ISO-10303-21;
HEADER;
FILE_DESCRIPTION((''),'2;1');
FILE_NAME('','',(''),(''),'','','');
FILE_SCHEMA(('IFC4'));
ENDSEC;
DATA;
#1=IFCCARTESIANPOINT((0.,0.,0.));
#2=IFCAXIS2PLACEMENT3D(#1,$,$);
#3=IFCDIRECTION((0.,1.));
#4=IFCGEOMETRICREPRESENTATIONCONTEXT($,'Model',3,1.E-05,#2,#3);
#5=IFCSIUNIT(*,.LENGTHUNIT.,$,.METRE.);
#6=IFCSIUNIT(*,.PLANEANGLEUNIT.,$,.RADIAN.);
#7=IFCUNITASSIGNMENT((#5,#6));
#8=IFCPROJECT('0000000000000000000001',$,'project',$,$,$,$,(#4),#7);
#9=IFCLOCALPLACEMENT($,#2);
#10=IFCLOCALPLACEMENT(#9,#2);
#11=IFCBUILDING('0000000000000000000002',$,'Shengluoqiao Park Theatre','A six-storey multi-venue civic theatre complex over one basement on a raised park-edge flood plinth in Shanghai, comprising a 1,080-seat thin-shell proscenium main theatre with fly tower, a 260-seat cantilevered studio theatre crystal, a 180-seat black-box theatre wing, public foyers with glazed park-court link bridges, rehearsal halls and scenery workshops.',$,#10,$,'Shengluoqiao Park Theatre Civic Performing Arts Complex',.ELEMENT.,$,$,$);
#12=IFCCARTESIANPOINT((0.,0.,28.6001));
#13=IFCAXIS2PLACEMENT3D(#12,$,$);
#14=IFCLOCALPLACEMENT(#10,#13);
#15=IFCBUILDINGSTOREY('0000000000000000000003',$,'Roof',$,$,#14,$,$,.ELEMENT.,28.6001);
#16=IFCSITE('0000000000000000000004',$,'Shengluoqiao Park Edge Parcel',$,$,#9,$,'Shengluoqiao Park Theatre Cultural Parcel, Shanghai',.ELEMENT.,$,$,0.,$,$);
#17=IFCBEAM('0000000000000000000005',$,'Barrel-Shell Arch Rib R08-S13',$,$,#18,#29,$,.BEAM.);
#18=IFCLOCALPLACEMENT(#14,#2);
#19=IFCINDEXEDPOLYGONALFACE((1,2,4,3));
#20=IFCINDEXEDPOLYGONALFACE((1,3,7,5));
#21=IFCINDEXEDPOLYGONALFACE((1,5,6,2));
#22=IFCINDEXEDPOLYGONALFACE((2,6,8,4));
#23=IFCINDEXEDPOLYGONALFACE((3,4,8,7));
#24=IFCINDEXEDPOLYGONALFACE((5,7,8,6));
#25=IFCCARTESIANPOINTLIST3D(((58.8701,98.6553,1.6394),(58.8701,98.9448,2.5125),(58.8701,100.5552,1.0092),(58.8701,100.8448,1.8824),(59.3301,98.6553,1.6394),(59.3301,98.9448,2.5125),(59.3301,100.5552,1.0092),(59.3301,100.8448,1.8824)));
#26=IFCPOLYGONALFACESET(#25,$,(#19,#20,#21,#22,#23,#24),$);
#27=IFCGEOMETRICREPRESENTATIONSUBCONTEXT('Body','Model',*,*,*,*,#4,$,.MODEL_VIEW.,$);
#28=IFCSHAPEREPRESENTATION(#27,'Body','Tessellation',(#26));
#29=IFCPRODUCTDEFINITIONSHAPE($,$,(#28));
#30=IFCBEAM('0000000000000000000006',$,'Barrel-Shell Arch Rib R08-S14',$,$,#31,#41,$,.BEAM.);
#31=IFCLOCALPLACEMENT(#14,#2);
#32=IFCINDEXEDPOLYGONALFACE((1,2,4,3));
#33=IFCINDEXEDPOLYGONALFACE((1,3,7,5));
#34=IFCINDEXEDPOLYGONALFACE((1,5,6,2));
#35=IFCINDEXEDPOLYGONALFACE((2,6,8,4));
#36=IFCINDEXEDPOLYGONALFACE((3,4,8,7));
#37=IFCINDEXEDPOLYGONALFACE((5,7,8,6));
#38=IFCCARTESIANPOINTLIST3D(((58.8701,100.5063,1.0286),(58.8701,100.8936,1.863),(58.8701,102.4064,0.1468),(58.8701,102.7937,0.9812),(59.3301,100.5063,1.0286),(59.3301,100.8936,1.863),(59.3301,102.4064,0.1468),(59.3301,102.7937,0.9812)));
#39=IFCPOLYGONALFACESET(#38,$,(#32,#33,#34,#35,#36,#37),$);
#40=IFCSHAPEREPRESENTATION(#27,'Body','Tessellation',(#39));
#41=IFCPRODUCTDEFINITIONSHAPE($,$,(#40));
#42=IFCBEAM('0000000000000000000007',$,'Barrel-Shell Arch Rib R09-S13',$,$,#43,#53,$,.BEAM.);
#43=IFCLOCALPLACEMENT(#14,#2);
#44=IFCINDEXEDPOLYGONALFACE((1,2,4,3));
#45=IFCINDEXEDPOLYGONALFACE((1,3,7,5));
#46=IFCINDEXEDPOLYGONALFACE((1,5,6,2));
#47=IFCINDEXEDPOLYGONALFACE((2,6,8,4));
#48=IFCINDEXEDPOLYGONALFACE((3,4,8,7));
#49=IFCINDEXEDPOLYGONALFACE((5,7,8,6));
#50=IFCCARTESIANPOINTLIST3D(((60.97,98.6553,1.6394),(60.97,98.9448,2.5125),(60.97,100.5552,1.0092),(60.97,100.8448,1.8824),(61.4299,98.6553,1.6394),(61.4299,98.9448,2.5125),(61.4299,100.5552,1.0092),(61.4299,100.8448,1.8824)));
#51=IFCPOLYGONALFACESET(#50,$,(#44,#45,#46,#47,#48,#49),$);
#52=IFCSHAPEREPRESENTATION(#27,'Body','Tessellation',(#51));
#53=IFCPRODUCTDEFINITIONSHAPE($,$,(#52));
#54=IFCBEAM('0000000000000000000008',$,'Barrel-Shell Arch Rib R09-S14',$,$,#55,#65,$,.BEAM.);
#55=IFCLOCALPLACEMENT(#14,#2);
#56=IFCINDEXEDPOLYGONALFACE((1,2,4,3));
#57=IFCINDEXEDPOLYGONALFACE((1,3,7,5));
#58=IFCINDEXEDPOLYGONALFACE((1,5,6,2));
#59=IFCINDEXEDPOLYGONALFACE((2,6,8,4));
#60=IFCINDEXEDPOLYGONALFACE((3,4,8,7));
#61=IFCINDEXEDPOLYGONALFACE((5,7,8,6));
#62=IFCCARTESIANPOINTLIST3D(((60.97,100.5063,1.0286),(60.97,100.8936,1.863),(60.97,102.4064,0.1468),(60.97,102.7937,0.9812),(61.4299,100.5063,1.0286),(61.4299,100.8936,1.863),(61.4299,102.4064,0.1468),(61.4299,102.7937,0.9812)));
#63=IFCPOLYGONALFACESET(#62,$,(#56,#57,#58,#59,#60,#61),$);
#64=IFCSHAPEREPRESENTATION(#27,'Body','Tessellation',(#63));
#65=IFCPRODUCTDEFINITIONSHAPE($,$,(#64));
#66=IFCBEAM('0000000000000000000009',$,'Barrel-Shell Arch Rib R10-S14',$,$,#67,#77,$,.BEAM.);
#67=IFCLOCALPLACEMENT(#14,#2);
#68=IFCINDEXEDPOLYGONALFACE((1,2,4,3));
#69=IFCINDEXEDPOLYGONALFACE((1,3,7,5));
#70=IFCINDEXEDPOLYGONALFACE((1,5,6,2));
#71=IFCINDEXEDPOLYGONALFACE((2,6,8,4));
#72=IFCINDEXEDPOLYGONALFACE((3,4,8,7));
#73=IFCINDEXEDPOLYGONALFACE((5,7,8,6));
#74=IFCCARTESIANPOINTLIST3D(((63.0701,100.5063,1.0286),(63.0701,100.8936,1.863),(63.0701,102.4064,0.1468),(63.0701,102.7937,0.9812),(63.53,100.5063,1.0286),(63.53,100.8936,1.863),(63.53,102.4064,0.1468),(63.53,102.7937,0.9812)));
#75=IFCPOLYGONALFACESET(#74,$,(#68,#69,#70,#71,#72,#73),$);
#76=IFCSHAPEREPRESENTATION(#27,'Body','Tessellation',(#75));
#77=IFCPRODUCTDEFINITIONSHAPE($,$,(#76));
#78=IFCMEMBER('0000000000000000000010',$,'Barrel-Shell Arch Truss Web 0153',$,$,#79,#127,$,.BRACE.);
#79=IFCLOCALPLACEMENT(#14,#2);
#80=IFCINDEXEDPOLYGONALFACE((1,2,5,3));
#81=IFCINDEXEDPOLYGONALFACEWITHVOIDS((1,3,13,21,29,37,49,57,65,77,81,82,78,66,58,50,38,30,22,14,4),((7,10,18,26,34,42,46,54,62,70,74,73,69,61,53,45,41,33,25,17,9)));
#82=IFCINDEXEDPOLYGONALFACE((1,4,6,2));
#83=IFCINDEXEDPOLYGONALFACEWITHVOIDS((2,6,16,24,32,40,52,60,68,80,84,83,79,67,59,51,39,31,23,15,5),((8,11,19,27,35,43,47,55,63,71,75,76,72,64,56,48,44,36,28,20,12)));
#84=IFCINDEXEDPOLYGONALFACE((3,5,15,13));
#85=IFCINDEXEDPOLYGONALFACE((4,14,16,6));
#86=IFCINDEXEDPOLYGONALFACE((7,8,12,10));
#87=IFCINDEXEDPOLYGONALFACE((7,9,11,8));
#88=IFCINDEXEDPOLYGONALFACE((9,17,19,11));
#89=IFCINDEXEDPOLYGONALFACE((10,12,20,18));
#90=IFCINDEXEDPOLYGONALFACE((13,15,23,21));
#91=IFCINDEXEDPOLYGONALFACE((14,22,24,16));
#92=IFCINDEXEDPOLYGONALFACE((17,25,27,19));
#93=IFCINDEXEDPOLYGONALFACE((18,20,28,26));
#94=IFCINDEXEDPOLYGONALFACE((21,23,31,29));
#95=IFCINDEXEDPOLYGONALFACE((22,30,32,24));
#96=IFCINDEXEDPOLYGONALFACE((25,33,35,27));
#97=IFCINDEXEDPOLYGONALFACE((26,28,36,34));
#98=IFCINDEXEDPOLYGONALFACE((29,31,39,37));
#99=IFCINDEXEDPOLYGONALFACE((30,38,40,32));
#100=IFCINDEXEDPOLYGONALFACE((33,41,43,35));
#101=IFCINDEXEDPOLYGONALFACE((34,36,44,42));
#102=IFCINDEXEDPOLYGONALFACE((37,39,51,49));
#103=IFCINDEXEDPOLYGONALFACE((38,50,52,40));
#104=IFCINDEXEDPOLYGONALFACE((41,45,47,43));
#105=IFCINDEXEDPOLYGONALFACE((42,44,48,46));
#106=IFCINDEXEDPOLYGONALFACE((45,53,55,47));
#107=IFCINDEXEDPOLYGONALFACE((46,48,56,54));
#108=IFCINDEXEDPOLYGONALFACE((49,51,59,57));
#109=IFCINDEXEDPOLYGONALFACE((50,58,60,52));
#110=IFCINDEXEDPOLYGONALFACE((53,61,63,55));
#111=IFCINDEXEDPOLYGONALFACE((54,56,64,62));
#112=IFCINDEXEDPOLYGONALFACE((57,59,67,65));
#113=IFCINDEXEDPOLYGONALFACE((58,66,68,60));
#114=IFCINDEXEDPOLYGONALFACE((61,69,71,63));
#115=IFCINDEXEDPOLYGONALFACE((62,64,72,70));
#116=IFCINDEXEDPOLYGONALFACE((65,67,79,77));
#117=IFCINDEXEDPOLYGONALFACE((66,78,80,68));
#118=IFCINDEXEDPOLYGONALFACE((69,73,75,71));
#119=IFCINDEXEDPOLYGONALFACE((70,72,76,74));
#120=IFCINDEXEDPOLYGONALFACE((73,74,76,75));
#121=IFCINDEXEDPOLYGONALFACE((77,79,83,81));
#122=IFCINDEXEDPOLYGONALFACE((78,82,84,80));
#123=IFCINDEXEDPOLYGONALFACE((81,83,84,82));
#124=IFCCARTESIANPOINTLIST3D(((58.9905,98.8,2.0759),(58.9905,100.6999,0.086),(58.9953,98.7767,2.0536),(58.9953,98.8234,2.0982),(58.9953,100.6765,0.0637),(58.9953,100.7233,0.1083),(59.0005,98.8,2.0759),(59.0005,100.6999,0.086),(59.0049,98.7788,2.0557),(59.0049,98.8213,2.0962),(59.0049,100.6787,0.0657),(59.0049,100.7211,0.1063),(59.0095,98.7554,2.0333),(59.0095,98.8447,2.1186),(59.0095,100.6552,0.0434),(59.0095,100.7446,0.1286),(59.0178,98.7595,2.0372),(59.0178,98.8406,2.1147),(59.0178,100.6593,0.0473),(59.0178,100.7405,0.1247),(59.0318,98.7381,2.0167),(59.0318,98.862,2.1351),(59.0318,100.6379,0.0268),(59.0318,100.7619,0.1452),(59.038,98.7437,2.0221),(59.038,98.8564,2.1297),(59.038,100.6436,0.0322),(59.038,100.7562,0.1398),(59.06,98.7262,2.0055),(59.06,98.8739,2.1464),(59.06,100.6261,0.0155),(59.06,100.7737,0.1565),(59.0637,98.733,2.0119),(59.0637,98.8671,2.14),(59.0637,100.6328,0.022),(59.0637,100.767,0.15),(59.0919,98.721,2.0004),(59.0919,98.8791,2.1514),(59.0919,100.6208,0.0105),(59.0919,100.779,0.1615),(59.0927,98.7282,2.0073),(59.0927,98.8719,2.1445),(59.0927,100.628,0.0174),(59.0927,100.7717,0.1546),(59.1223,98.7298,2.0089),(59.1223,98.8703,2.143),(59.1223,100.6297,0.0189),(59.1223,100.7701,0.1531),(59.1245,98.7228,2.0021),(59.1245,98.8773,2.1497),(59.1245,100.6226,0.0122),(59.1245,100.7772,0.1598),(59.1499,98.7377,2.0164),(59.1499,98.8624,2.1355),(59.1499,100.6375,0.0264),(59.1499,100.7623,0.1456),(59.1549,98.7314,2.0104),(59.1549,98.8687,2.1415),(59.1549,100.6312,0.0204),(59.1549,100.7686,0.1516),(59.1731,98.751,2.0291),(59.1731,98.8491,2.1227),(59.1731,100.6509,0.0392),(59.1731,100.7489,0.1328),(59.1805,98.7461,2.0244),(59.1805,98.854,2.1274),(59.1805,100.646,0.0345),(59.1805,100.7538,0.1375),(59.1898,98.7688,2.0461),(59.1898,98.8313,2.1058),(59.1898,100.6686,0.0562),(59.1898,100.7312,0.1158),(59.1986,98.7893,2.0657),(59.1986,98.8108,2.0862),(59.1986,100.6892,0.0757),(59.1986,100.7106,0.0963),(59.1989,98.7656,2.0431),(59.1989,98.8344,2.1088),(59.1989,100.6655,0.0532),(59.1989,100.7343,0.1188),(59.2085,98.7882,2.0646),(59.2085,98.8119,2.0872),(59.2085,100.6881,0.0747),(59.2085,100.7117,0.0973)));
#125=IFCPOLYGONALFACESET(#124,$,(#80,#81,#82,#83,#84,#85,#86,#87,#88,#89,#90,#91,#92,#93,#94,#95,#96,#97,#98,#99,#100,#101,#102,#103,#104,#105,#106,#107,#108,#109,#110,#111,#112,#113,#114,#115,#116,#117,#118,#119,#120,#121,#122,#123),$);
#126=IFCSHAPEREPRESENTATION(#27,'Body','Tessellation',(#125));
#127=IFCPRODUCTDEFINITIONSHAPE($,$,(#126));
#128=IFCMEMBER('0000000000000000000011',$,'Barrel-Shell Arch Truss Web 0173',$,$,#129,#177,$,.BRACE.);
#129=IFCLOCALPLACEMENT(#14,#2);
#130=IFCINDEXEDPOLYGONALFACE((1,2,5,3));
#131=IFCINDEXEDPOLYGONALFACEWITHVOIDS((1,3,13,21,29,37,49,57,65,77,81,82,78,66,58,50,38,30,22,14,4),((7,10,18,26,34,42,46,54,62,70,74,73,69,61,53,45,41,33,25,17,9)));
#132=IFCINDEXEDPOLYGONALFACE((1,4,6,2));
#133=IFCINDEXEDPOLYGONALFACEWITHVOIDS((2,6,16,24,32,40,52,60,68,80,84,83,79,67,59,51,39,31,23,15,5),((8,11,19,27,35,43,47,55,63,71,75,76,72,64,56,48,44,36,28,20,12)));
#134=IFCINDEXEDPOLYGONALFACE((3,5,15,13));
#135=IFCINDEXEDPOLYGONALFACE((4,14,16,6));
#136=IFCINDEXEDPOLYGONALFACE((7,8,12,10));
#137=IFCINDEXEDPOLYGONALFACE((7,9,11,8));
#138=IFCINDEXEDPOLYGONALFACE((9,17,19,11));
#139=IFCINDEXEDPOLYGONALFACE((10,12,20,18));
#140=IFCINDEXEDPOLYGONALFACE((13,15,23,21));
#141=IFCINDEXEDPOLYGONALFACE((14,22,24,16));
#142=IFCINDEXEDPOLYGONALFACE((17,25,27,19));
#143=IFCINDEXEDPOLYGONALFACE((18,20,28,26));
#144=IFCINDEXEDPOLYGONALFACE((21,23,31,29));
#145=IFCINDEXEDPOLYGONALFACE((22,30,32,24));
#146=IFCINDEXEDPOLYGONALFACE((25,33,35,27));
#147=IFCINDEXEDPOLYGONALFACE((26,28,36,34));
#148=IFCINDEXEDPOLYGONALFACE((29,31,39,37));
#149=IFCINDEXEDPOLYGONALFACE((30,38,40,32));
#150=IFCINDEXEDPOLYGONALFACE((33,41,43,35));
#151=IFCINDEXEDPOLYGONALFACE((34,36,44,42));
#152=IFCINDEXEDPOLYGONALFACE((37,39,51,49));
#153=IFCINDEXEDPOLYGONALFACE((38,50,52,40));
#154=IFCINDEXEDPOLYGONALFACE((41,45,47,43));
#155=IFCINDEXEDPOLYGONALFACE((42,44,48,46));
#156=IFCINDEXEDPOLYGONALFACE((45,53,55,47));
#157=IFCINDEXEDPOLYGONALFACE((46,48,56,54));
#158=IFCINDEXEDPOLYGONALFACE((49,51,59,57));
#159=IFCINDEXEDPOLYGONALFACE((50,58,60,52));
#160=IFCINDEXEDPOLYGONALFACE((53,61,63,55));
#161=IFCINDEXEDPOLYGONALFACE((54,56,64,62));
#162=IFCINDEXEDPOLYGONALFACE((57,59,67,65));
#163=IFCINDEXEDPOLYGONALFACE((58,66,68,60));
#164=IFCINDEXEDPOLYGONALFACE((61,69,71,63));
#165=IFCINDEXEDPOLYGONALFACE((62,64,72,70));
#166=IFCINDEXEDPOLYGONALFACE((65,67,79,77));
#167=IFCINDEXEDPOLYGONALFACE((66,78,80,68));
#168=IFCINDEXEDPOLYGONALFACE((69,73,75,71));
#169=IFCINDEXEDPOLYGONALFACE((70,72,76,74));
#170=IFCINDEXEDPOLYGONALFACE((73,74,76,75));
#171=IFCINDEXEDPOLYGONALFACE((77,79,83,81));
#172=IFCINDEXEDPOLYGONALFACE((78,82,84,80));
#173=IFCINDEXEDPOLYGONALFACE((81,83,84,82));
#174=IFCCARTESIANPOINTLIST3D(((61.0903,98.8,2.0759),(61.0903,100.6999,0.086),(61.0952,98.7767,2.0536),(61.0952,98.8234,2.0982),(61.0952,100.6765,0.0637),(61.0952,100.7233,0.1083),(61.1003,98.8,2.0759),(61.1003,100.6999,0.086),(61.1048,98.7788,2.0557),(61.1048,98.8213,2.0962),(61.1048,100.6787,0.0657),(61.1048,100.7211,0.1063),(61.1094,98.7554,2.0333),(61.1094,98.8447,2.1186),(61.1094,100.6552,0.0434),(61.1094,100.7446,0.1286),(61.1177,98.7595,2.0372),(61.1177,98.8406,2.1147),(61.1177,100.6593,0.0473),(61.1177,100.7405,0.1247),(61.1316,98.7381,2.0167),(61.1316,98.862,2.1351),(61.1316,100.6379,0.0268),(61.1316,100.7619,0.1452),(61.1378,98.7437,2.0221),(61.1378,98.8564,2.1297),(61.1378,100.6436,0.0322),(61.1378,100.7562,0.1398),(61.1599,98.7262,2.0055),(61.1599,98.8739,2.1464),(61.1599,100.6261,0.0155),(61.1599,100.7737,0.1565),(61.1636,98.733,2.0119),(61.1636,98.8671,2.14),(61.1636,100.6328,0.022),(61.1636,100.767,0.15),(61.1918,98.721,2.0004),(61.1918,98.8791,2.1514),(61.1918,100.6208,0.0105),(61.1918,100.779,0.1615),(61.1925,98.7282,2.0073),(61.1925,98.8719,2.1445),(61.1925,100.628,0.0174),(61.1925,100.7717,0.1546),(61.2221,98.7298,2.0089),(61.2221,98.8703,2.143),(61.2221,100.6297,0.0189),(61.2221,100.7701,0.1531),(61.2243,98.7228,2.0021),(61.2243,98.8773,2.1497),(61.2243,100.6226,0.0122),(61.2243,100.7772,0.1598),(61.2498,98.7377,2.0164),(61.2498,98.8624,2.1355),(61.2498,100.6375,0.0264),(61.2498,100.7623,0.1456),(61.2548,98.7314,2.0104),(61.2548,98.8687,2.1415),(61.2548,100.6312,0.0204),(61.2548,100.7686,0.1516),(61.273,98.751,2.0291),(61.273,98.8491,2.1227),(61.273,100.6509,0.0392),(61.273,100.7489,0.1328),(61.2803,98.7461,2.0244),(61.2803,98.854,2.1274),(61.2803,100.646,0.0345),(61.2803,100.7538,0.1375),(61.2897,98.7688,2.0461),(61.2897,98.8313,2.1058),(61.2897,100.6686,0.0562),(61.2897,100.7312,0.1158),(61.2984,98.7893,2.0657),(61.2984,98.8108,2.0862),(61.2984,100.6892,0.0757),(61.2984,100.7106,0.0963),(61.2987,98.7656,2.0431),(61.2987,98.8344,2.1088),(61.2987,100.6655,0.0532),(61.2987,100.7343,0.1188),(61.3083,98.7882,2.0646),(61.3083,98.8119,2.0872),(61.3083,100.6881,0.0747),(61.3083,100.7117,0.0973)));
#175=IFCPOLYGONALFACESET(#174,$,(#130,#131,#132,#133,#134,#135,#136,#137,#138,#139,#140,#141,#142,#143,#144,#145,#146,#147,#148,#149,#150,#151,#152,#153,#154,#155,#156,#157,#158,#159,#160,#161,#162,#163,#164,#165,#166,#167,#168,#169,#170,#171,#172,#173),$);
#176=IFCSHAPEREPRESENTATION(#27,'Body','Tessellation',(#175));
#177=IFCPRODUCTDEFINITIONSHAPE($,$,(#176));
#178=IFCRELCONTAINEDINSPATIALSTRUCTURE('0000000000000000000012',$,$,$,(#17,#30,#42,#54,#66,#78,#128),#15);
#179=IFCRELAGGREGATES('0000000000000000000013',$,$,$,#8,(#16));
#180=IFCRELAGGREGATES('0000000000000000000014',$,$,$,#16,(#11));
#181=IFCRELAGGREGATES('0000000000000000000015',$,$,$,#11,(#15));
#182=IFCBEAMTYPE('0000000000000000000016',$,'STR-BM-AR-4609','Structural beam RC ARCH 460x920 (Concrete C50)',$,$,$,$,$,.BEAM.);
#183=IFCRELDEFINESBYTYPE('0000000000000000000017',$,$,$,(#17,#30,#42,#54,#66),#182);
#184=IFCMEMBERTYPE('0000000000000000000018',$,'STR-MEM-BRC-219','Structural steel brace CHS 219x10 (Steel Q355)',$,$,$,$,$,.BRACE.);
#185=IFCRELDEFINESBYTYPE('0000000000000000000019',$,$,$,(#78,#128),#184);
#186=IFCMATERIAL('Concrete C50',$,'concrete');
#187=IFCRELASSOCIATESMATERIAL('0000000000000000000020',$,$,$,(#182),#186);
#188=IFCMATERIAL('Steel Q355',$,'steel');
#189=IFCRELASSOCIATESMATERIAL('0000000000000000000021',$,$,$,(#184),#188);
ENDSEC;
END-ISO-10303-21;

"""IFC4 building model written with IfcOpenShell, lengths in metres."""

from ifc_helpers import new_model, si_unit, direction, frame, origin, origin_2d, place, context, subcontext, project, spatial, rectangle, hollow_circle, extrude, material, material_profile, profile_set, type_object, element, save


model = new_model("IFC4")

# Units and contexts
model_context = context("Model", 3, precision=1e-05, world=origin(), true_north=direction((0.0, 1.0)))
body_context = subcontext(model_context, "Body", "Model", "MODEL_VIEW")
ifc_project = project(units=[si_unit("LENGTHUNIT", "METRE"), si_unit("PLANEANGLEUNIT", "RADIAN")], contexts=[model_context])

# Site, building, storey
site_placement = place(None, origin())
site = spatial("IfcSite", under=ifc_project, at=site_placement, Name="Shengluoqiao Park Edge Parcel", LongName="Shengluoqiao Park Theatre Cultural Parcel, Shanghai", CompositionType="ELEMENT", RefElevation=0.0)
building_placement = place(site_placement, origin())
building = spatial("IfcBuilding", under=site, at=building_placement, Name="Shengluoqiao Park Theatre", Description="A six-storey multi-venue civic theatre complex over one basement on a raised park-edge flood plinth in Shanghai, comprising a 1,080-seat thin-shell proscenium main theatre with fly tower, a 260-seat cantilevered studio theatre crystal, a 180-seat black-box theatre wing, public foyers with glazed park-court link bridges, rehearsal halls and scenery workshops.", LongName="Shengluoqiao Park Theatre Civic Performing Arts Complex", CompositionType="ELEMENT")
storey_placement = place(building_placement, frame((0.0, 0.0, 28.6001)))
storey = spatial("IfcBuildingStorey", under=building, at=storey_placement, Name="Roof", CompositionType="ELEMENT", Elevation=28.6001)

# Beams
ifc_material_1 = material(Name="Concrete C50", Category="concrete")
ifc_material_profile_1 = material_profile(ifc_material_1, rectangle(XDim=0.46, YDim=0.9199, at=origin_2d()), Name="RC ARCH 460x920")
ifc_profile_set_1 = profile_set([ifc_material_profile_1], Name="Concrete C50")
beam_type = type_object("IfcBeamType", Name="STR-BM-AR-4609", Description="Structural beam RC ARCH 460x920 (Concrete C50)", PredefinedType="BEAM", material=ifc_profile_set_1)
beam_1_placement = place(storey_placement, frame((59.1001, 98.8, 2.0759), z_axis=(0.0, 0.949158, -0.3148), x_axis=(-1.0, 0.0, 0.0)))
element("IfcBeam", 1, at=beam_1_placement, inside=storey, type_object=beam_type, Name="Barrel-Shell Arch Rib R08-S13", PredefinedType="BEAM", context=body_context, shape_type="SweptSolid", body=[
    extrude(rectangle(XDim=0.46, YDim=0.9199, at=origin_2d()), origin(), (0.0, 0.0, 1.0), 2.0017),
])
beam_2_placement = place(storey_placement, frame((59.1001, 100.7, 1.4458), z_axis=(0.0, 0.907077, -0.420964), x_axis=(-1.0, 0.0, 0.0)))
element("IfcBeam", 2, at=beam_2_placement, inside=storey, type_object=beam_type, Name="Barrel-Shell Arch Rib R08-S14", PredefinedType="BEAM", context=body_context, shape_type="SweptSolid", body=[
    extrude(rectangle(XDim=0.46, YDim=0.9199, at=origin_2d()), origin(), (0.0, 0.0, 1.0), 2.0947),
])
beam_3_placement = place(storey_placement, frame((61.2, 98.8, 2.0759), z_axis=(0.0, 0.949158, -0.3148), x_axis=(-1.0, 0.0, 0.0)))
element("IfcBeam", 3, at=beam_3_placement, inside=storey, type_object=beam_type, Name="Barrel-Shell Arch Rib R09-S13", PredefinedType="BEAM", context=body_context, shape_type="SweptSolid", body=[
    extrude(rectangle(XDim=0.46, YDim=0.9199, at=origin_2d()), origin(), (0.0, 0.0, 1.0), 2.0017),
])
for number, where, z_axis, x_axis, name in (
    (4, (61.2, 100.7, 1.4458), (0.0, 0.907077, -0.420964), (-1.0, 0.0, 0.0), "Barrel-Shell Arch Rib R09-S14"),
    (5, (63.3, 100.7, 1.4458), (0.0, 0.907077, -0.420964), (-1.0, 0.0, 0.0), "Barrel-Shell Arch Rib R10-S14"),
):
    element("IfcBeam", number, at=place(storey_placement, frame(where, z_axis=z_axis, x_axis=x_axis)), inside=storey, type_object=beam_type, Name=name, PredefinedType="BEAM", context=body_context, shape_type="SweptSolid", body=[
        extrude(rectangle(XDim=0.46, YDim=0.9199, at=origin_2d()), origin(), (0.0, 0.0, 1.0), 2.0947),
    ])

# Members
ifc_material_2 = material(Name="Steel Q355", Category="steel")
ifc_material_profile_2 = material_profile(ifc_material_2, hollow_circle(Radius=0.1096, WallThickness=0.01, at=origin_2d()), Name="CHS 219x10")
ifc_profile_set_2 = profile_set([ifc_material_profile_2], Name="Steel Q355")
member_type_1 = type_object("IfcMemberType", Name="STR-MEM-BRC-219", Description="Structural steel brace CHS 219x10 (Steel Q355)", PredefinedType="BRACE", material=ifc_profile_set_2)
for number, where, z_axis, x_axis, name in (
    (6, (59.1001, 98.8, 2.0759), (0.0, 0.690545, -0.723289), (-1.0, 0.0, 0.0), "Barrel-Shell Arch Truss Web 0153"),
    (7, (61.2, 98.8, 2.0759), (0.0, 0.690545, -0.723289), (-1.0, 0.0, 0.0), "Barrel-Shell Arch Truss Web 0173"),
):
    element("IfcMember", number, at=place(storey_placement, frame(where, z_axis=z_axis, x_axis=x_axis)), inside=storey, type_object=member_type_1, Name=name, PredefinedType="BRACE", context=body_context, shape_type="SweptSolid", body=[
        extrude(hollow_circle(Radius=0.1096, WallThickness=0.01, at=origin_2d()), origin(), (0.0, 0.0, 1.0), 2.7512),
    ])

save(model, "model.ifc")
